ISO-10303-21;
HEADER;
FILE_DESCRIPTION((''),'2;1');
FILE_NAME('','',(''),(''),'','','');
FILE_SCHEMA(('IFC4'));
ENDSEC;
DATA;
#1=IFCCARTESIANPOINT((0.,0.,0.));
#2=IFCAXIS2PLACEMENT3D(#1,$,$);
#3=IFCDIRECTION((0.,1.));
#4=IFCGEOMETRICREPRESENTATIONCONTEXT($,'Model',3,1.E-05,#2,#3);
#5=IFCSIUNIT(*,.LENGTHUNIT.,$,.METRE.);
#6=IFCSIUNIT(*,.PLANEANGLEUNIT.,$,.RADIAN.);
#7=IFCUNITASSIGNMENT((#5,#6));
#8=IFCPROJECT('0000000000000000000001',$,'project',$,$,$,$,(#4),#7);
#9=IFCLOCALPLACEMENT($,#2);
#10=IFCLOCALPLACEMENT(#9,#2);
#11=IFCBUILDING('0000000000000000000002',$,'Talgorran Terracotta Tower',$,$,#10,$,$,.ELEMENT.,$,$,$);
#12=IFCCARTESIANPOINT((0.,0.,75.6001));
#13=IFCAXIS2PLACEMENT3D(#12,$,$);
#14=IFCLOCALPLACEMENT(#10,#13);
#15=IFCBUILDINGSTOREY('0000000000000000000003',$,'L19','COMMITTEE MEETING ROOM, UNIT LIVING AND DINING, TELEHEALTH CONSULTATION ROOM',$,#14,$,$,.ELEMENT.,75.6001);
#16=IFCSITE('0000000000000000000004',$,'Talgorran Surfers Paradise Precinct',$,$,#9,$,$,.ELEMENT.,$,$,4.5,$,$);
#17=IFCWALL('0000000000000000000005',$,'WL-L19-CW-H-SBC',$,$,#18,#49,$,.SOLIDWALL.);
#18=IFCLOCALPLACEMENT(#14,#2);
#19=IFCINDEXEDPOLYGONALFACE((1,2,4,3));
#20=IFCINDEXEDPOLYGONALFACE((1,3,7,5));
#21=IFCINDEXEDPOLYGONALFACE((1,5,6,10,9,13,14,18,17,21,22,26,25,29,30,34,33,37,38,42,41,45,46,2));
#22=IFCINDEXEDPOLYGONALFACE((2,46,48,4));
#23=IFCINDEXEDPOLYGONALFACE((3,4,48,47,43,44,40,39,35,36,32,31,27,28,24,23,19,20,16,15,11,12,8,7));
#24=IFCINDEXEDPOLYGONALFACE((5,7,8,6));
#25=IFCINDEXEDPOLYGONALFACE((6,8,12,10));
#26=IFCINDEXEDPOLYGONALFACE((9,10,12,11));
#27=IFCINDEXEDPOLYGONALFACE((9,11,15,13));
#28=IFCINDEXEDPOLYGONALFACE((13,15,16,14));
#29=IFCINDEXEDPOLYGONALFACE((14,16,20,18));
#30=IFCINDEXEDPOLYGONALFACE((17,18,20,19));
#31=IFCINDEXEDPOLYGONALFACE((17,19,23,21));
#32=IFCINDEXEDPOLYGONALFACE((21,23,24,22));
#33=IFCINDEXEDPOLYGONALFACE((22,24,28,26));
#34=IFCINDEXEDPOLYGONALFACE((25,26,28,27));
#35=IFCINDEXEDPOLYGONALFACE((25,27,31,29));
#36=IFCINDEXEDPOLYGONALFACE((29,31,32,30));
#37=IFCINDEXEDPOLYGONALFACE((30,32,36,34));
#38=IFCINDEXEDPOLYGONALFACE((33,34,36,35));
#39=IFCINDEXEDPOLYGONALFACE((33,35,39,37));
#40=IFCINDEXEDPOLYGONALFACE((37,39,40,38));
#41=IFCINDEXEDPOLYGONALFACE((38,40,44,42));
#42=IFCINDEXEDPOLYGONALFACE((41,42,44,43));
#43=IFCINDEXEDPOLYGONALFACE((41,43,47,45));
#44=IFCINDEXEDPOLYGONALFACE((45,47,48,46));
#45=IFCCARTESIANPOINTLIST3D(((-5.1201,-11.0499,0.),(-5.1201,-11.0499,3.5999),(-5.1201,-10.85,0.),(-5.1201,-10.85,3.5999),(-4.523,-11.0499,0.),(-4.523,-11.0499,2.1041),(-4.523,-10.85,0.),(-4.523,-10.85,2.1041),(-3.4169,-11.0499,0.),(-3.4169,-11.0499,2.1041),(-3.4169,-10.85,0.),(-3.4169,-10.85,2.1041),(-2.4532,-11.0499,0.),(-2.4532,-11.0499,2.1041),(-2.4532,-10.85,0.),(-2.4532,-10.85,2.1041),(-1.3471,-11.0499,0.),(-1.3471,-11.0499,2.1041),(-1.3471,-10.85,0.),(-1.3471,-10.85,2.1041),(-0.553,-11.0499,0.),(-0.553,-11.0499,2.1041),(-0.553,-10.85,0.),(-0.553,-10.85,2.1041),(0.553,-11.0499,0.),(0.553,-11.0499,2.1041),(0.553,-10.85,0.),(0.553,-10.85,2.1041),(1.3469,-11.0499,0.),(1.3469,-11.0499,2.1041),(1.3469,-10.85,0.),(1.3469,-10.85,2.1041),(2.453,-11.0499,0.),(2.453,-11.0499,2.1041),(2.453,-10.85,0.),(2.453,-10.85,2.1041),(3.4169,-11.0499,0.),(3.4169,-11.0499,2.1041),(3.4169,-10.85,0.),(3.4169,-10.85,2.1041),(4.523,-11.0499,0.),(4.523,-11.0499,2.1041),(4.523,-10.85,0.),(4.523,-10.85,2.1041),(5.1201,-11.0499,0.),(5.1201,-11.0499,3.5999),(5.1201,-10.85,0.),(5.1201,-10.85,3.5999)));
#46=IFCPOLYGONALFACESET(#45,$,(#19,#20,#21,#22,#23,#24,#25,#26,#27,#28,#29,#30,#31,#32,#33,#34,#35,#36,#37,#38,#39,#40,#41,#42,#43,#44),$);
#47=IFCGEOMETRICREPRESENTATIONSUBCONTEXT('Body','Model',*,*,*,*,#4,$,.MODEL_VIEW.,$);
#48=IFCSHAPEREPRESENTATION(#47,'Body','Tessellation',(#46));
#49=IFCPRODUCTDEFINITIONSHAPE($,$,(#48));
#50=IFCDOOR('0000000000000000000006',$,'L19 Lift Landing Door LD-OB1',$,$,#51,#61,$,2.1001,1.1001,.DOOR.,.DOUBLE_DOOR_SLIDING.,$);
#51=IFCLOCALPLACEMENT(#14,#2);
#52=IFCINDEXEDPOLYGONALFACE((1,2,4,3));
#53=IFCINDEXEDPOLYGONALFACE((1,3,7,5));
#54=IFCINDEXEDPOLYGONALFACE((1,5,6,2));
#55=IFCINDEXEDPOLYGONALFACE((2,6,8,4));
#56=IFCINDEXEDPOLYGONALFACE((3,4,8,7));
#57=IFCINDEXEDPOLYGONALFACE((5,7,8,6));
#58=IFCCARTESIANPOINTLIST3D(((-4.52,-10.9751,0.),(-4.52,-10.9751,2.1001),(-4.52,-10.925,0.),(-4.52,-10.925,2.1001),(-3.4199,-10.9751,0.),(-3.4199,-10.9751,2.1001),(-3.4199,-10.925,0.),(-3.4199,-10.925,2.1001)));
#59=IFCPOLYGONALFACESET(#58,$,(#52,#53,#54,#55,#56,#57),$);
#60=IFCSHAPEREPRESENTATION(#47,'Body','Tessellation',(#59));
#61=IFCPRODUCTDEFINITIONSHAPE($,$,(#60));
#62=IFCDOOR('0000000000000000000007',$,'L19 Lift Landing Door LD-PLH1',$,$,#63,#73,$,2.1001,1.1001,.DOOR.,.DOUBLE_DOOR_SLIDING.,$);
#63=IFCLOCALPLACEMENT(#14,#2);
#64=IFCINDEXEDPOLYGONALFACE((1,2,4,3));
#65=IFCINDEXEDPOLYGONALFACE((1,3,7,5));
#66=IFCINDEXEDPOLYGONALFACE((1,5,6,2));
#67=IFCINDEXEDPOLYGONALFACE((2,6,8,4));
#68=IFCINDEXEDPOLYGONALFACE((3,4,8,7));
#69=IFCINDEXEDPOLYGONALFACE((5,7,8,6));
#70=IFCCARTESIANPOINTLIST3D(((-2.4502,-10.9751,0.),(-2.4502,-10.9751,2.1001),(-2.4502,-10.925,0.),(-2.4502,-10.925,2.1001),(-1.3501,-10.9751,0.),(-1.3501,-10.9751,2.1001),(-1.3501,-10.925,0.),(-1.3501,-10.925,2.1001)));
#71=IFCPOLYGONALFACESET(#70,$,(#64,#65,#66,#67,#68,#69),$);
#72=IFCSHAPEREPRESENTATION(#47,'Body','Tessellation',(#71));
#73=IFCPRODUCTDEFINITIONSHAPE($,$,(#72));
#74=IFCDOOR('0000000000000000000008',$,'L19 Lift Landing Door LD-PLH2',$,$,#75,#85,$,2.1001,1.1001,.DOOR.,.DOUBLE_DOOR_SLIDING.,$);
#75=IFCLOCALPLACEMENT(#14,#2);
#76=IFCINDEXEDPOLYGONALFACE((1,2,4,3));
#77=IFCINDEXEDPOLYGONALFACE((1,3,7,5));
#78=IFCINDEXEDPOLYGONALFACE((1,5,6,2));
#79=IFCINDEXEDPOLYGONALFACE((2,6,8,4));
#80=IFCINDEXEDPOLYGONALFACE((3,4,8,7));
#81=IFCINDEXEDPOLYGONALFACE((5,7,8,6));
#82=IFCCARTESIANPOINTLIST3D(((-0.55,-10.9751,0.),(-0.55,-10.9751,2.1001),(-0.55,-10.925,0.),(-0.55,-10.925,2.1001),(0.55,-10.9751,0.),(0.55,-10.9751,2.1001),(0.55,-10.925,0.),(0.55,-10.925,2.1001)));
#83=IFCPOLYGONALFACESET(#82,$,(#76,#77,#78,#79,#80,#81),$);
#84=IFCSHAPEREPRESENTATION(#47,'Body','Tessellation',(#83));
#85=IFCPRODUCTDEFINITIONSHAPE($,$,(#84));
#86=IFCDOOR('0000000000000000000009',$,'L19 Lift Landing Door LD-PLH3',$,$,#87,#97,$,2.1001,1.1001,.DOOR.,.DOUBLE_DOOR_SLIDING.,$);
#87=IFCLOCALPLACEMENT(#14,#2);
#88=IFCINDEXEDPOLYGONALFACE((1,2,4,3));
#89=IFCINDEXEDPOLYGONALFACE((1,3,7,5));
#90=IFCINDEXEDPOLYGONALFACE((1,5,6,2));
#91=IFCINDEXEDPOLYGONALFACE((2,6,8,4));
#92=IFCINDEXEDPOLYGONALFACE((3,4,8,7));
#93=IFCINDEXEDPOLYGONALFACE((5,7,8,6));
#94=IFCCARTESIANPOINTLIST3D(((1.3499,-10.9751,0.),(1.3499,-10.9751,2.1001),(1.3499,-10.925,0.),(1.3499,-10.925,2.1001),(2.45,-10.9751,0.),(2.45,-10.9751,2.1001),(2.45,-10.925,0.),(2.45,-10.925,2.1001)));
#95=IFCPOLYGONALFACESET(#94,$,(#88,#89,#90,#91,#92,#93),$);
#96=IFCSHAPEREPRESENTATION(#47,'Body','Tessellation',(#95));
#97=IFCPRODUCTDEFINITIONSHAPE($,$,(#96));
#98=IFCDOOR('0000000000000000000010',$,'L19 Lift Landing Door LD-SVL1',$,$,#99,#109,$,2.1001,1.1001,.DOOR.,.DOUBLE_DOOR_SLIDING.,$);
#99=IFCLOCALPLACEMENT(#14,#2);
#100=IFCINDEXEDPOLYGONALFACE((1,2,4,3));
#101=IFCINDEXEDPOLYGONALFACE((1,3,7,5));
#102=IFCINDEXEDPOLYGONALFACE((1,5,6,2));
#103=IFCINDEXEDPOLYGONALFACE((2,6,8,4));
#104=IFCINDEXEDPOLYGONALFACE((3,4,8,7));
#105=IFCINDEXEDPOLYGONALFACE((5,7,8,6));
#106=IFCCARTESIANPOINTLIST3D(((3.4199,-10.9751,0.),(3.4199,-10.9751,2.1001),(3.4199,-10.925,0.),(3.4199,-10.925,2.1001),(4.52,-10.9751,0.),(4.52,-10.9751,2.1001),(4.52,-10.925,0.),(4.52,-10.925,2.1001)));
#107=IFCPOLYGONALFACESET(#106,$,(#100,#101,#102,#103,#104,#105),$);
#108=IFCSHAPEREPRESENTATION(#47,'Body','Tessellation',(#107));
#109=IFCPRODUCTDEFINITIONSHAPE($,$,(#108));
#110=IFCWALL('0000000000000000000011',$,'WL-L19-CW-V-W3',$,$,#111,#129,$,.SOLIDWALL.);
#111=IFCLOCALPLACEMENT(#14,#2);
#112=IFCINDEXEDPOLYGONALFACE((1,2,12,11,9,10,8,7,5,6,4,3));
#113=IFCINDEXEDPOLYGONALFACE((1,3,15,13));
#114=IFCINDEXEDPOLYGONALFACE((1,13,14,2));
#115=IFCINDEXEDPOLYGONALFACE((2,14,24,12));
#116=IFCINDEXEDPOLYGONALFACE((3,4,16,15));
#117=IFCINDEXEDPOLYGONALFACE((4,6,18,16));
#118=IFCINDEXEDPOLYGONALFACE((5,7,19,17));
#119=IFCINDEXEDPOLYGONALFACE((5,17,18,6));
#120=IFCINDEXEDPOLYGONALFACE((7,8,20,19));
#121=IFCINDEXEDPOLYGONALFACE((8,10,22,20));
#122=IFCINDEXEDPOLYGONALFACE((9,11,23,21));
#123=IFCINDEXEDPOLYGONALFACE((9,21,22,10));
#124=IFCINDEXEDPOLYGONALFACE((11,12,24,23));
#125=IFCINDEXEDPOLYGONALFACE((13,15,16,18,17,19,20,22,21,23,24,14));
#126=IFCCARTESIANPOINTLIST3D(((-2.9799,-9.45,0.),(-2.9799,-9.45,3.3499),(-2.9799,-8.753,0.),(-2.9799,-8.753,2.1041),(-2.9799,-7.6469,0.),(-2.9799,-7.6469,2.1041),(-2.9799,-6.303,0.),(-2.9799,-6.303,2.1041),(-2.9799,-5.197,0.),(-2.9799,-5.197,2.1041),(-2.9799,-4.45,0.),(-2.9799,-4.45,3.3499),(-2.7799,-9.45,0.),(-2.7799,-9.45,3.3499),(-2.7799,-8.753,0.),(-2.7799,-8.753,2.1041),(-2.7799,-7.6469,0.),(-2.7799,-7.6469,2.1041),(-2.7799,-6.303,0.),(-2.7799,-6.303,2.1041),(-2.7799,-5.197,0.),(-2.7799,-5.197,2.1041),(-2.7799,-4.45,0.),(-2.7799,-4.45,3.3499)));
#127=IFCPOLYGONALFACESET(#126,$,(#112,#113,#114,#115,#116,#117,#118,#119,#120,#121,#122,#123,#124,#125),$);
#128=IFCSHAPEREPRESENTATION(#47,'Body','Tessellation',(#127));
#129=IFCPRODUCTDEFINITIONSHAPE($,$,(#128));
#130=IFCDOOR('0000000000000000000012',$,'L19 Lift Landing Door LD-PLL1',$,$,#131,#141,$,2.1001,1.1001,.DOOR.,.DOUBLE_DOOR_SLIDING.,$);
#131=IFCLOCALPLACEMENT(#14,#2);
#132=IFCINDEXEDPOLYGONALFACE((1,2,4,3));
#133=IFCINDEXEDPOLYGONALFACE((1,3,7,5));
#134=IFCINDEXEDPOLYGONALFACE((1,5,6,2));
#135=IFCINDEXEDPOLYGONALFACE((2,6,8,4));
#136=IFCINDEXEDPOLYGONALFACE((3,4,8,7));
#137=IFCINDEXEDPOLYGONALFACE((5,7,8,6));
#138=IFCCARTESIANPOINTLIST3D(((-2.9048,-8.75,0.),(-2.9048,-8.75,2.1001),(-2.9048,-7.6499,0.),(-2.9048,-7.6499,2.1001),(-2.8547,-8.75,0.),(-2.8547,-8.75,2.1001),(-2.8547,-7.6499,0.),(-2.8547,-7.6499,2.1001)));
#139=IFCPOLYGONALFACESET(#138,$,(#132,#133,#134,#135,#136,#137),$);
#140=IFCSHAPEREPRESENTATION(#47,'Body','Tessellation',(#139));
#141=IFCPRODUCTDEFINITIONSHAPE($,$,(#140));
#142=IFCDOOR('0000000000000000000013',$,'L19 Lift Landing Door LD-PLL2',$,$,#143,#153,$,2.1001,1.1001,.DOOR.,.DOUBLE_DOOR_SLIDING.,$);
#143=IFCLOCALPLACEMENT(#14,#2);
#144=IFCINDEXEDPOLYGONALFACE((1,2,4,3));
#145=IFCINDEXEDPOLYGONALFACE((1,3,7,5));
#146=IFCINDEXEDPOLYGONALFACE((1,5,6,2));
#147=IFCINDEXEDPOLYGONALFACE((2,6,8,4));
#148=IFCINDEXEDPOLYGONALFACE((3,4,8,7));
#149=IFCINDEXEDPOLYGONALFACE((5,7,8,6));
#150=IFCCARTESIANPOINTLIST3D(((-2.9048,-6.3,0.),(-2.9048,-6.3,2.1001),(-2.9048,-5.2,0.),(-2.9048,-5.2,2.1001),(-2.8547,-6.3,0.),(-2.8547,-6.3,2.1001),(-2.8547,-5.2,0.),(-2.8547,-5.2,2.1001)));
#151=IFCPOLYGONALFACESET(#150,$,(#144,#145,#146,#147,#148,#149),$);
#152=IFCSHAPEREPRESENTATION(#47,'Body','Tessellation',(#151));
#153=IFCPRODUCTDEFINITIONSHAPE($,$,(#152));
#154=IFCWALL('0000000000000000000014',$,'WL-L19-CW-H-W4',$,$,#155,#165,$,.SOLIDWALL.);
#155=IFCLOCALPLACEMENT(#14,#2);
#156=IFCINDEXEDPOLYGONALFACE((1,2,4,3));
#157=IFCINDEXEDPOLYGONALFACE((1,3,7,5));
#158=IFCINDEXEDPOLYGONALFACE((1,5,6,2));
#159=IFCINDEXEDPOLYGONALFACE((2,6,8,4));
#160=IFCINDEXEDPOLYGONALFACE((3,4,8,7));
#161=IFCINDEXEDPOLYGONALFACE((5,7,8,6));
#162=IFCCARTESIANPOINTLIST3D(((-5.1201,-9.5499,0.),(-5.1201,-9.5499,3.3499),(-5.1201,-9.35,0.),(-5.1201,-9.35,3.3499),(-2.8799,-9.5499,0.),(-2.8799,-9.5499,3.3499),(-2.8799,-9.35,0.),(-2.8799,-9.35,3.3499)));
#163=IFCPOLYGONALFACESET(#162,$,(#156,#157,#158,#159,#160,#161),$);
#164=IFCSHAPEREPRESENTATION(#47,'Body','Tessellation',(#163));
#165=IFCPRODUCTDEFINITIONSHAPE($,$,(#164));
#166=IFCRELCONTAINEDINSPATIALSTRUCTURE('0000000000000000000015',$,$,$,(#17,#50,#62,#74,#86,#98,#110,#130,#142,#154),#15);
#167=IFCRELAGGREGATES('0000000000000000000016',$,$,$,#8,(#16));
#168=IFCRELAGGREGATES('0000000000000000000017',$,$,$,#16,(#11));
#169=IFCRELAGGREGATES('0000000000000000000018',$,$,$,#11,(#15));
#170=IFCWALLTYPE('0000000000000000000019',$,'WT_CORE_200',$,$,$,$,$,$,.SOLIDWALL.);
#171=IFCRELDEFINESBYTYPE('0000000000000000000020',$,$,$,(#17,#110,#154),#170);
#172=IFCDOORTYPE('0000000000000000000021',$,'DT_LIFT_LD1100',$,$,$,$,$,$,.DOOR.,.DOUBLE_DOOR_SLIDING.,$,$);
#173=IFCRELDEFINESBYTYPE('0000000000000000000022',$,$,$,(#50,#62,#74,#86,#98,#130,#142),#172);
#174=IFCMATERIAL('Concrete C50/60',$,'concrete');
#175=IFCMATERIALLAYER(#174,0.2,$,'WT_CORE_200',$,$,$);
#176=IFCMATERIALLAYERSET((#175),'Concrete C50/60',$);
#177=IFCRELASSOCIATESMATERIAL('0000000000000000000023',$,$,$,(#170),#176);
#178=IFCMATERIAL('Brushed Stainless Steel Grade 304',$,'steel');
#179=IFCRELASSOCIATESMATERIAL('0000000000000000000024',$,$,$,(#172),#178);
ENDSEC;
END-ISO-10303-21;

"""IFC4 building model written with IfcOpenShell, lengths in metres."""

from ifc_helpers import new_model, si_unit, direction, frame, frame_2d, origin, place, context, subcontext, project, spatial, rectangle, extrude, material, layer, layer_set, type_object, element, fill, save


model = new_model("IFC4")

# Units and contexts
model_context = context("Model", 3, precision=1e-05, world=origin(), true_north=direction((0.0, 1.0)))
body_context = subcontext(model_context, "Body", "Model", "MODEL_VIEW")
ifc_project = project(units=[si_unit("LENGTHUNIT", "METRE"), si_unit("PLANEANGLEUNIT", "RADIAN")], contexts=[model_context])

# Site, building, storey
site_placement = place(None, origin())
site = spatial("IfcSite", under=ifc_project, at=site_placement, Name="Talgorran Surfers Paradise Precinct", CompositionType="ELEMENT", RefElevation=4.5)
building_placement = place(site_placement, origin())
building = spatial("IfcBuilding", under=site, at=building_placement, Name="Talgorran Terracotta Tower", CompositionType="ELEMENT")
storey_placement = place(building_placement, frame((0.0, 0.0, 75.6001)))
storey = spatial("IfcBuildingStorey", under=building, at=storey_placement, Name="L19", Description="COMMITTEE MEETING ROOM, UNIT LIVING AND DINING, TELEHEALTH CONSULTATION ROOM", CompositionType="ELEMENT", Elevation=75.6001)

# Shared definitions
ifc_material_1 = material(Name="Concrete C50/60", Category="concrete")
ifc_layer_1 = layer(ifc_material_1, 0.2, Name="WT_CORE_200")
ifc_layer_set_1 = layer_set([ifc_layer_1], Name="Concrete C50/60")
wall_type_1 = type_object("IfcWallType", Name="WT_CORE_200", PredefinedType="SOLIDWALL", material=ifc_layer_set_1)

# Walls, openings, doors
ifc_material_2 = material(Name="Brushed Stainless Steel Grade 304", Category="steel")
door_type_1 = type_object("IfcDoorType", Name="DT_LIFT_LD1100", OperationType="DOUBLE_DOOR_SLIDING", PredefinedType="DOOR", material=ifc_material_2)
wall_1_placement = place(storey_placement, frame((-5.1201, -10.95, 0.0), z_axis=(0.0, 0.0, 1.0), x_axis=(1.0, 0.0, 0.0)))
wall_1 = element("IfcWall", 1, at=wall_1_placement, inside=storey, type_object=wall_type_1, Name="WL-L19-CW-H-SBC", PredefinedType="SOLIDWALL", context=body_context, shape_type="SweptSolid", body=[
    extrude(rectangle(XDim=10.2402, YDim=0.2, at=frame_2d((5.1201, 0.0))), origin(), (0.0, 0.0, 1.0), 3.5999),
])
opening_1_placement = place(wall_1_placement, frame((0.6001, 0.0, 0.0)))
opening_1 = element("IfcOpeningElement", 2, at=opening_1_placement, cuts=wall_1, PredefinedType="OPENING", context=body_context, shape_type="SweptSolid", body=[
    extrude(rectangle(XDim=1.1061, YDim=2.1041, at=frame_2d((0.55, 1.052))), frame((0.0, 0.1099, 0.0), z_axis=(0.0, -1.0, 0.0), x_axis=(1.0, 0.0, 0.0)), (0.0, 0.0, 1.0), 0.22),
])
opening_2_placement = place(wall_1_placement, frame((2.6699, 0.0, 0.0)))
opening_2 = element("IfcOpeningElement", 3, at=opening_2_placement, cuts=wall_1, PredefinedType="OPENING", context=body_context, shape_type="SweptSolid", body=[
    extrude(rectangle(XDim=1.1061, YDim=2.1041, at=frame_2d((0.55, 1.052))), frame((0.0, 0.1099, 0.0), z_axis=(0.0, -1.0, 0.0), x_axis=(1.0, 0.0, 0.0)), (0.0, 0.0, 1.0), 0.22),
])
opening_3_placement = place(wall_1_placement, frame((4.5701, 0.0, 0.0)))
opening_3 = element("IfcOpeningElement", 4, at=opening_3_placement, cuts=wall_1, PredefinedType="OPENING", context=body_context, shape_type="SweptSolid", body=[
    extrude(rectangle(XDim=1.1061, YDim=2.1041, at=frame_2d((0.55, 1.052))), frame((0.0, 0.1099, 0.0), z_axis=(0.0, -1.0, 0.0), x_axis=(1.0, 0.0, 0.0)), (0.0, 0.0, 1.0), 0.22),
])
opening_4_placement = place(wall_1_placement, frame((6.47, 0.0, 0.0)))
opening_4 = element("IfcOpeningElement", 5, at=opening_4_placement, cuts=wall_1, PredefinedType="OPENING", context=body_context, shape_type="SweptSolid", body=[
    extrude(rectangle(XDim=1.1061, YDim=2.1041, at=frame_2d((0.55, 1.052))), frame((0.0, 0.1099, 0.0), z_axis=(0.0, -1.0, 0.0), x_axis=(1.0, 0.0, 0.0)), (0.0, 0.0, 1.0), 0.22),
])
opening_5_placement = place(wall_1_placement, frame((8.54, 0.0, 0.0)))
opening_5 = element("IfcOpeningElement", 6, at=opening_5_placement, cuts=wall_1, PredefinedType="OPENING", context=body_context, shape_type="SweptSolid", body=[
    extrude(rectangle(XDim=1.1061, YDim=2.1041, at=frame_2d((0.55, 1.052))), frame((0.0, 0.1099, 0.0), z_axis=(0.0, -1.0, 0.0), x_axis=(1.0, 0.0, 0.0)), (0.0, 0.0, 1.0), 0.22),
])
door_1_placement = place(opening_1_placement, origin())
door_1 = element("IfcDoor", 7, at=door_1_placement, inside=storey, type_object=door_type_1, Name="L19 Lift Landing Door LD-OB1", OperationType="DOUBLE_DOOR_SLIDING", OverallHeight=2.1001, OverallWidth=1.1001, PredefinedType="DOOR", context=body_context, shape_type="SweptSolid", body=[
    extrude(rectangle(XDim=1.1001, YDim=2.1001, at=frame_2d((0.55, 1.05))), frame((0.0, 0.0249, 0.0), z_axis=(0.0, -1.0, 0.0), x_axis=(1.0, 0.0, 0.0)), (0.0, 0.0, 1.0), 0.05),
])
fill(opening_1, door_1)
door_2_placement = place(opening_2_placement, origin())
door_2 = element("IfcDoor", 8, at=door_2_placement, inside=storey, type_object=door_type_1, Name="L19 Lift Landing Door LD-PLH1", OperationType="DOUBLE_DOOR_SLIDING", OverallHeight=2.1001, OverallWidth=1.1001, PredefinedType="DOOR", context=body_context, shape_type="SweptSolid", body=[
    extrude(rectangle(XDim=1.1001, YDim=2.1001, at=frame_2d((0.55, 1.05))), frame((0.0, 0.0249, 0.0), z_axis=(0.0, -1.0, 0.0), x_axis=(1.0, 0.0, 0.0)), (0.0, 0.0, 1.0), 0.05),
])
fill(opening_2, door_2)
door_3_placement = place(opening_3_placement, origin())
door_3 = element("IfcDoor", 9, at=door_3_placement, inside=storey, type_object=door_type_1, Name="L19 Lift Landing Door LD-PLH2", OperationType="DOUBLE_DOOR_SLIDING", OverallHeight=2.1001, OverallWidth=1.1001, PredefinedType="DOOR", context=body_context, shape_type="SweptSolid", body=[
    extrude(rectangle(XDim=1.1001, YDim=2.1001, at=frame_2d((0.55, 1.05))), frame((0.0, 0.0249, 0.0), z_axis=(0.0, -1.0, 0.0), x_axis=(1.0, 0.0, 0.0)), (0.0, 0.0, 1.0), 0.05),
])
fill(opening_3, door_3)
door_4_placement = place(opening_4_placement, origin())
door_4 = element("IfcDoor", 10, at=door_4_placement, inside=storey, type_object=door_type_1, Name="L19 Lift Landing Door LD-PLH3", OperationType="DOUBLE_DOOR_SLIDING", OverallHeight=2.1001, OverallWidth=1.1001, PredefinedType="DOOR", context=body_context, shape_type="SweptSolid", body=[
    extrude(rectangle(XDim=1.1001, YDim=2.1001, at=frame_2d((0.55, 1.05))), frame((0.0, 0.0249, 0.0), z_axis=(0.0, -1.0, 0.0), x_axis=(1.0, 0.0, 0.0)), (0.0, 0.0, 1.0), 0.05),
])
fill(opening_4, door_4)
door_5_placement = place(opening_5_placement, origin())
door_5 = element("IfcDoor", 11, at=door_5_placement, inside=storey, type_object=door_type_1, Name="L19 Lift Landing Door LD-SVL1", OperationType="DOUBLE_DOOR_SLIDING", OverallHeight=2.1001, OverallWidth=1.1001, PredefinedType="DOOR", context=body_context, shape_type="SweptSolid", body=[
    extrude(rectangle(XDim=1.1001, YDim=2.1001, at=frame_2d((0.55, 1.05))), frame((0.0, 0.0249, 0.0), z_axis=(0.0, -1.0, 0.0), x_axis=(1.0, 0.0, 0.0)), (0.0, 0.0, 1.0), 0.05),
])
fill(opening_5, door_5)
wall_2_placement = place(storey_placement, frame((-2.8799, -9.45, 0.0), z_axis=(0.0, 0.0, 1.0), x_axis=(0.0, 1.0, 0.0)))
wall_2 = element("IfcWall", 12, at=wall_2_placement, inside=storey, type_object=wall_type_1, Name="WL-L19-CW-V-W3", PredefinedType="SOLIDWALL", context=body_context, shape_type="SweptSolid", body=[
    extrude(rectangle(XDim=5.0, YDim=0.2, at=frame_2d((2.5, 0.0))), origin(), (0.0, 0.0, 1.0), 3.3499),
])
opening_6_placement = place(wall_2_placement, frame((0.7, 0.0, 0.0)))
opening_6 = element("IfcOpeningElement", 13, at=opening_6_placement, cuts=wall_2, PredefinedType="OPENING", context=body_context, shape_type="SweptSolid", body=[
    extrude(rectangle(XDim=1.1061, YDim=2.1041, at=frame_2d((0.55, 1.052))), frame((0.0, 0.1099, 0.0), z_axis=(0.0, -1.0, 0.0), x_axis=(1.0, 0.0, 0.0)), (0.0, 0.0, 1.0), 0.22),
])
opening_7_placement = place(wall_2_placement, frame((3.1499, 0.0, 0.0)))
opening_7 = element("IfcOpeningElement", 14, at=opening_7_placement, cuts=wall_2, PredefinedType="OPENING", context=body_context, shape_type="SweptSolid", body=[
    extrude(rectangle(XDim=1.1061, YDim=2.1041, at=frame_2d((0.55, 1.052))), frame((0.0, 0.1099, 0.0), z_axis=(0.0, -1.0, 0.0), x_axis=(1.0, 0.0, 0.0)), (0.0, 0.0, 1.0), 0.22),
])
door_6_placement = place(opening_6_placement, origin())
door_6 = element("IfcDoor", 15, at=door_6_placement, inside=storey, type_object=door_type_1, Name="L19 Lift Landing Door LD-PLL1", OperationType="DOUBLE_DOOR_SLIDING", OverallHeight=2.1001, OverallWidth=1.1001, PredefinedType="DOOR", context=body_context, shape_type="SweptSolid", body=[
    extrude(rectangle(XDim=1.1001, YDim=2.1001, at=frame_2d((0.55, 1.05))), frame((0.0, 0.0249, 0.0), z_axis=(0.0, -1.0, 0.0), x_axis=(1.0, 0.0, 0.0)), (0.0, 0.0, 1.0), 0.05),
])
fill(opening_6, door_6)
door_7_placement = place(opening_7_placement, origin())
door_7 = element("IfcDoor", 16, at=door_7_placement, inside=storey, type_object=door_type_1, Name="L19 Lift Landing Door LD-PLL2", OperationType="DOUBLE_DOOR_SLIDING", OverallHeight=2.1001, OverallWidth=1.1001, PredefinedType="DOOR", context=body_context, shape_type="SweptSolid", body=[
    extrude(rectangle(XDim=1.1001, YDim=2.1001, at=frame_2d((0.55, 1.05))), frame((0.0, 0.0249, 0.0), z_axis=(0.0, -1.0, 0.0), x_axis=(1.0, 0.0, 0.0)), (0.0, 0.0, 1.0), 0.05),
])
fill(opening_7, door_7)

# Wall
wall_3_placement = place(storey_placement, frame((-5.1201, -9.45, 0.0), z_axis=(0.0, 0.0, 1.0), x_axis=(1.0, 0.0, 0.0)))
element("IfcWall", 17, at=wall_3_placement, inside=storey, type_object=wall_type_1, Name="WL-L19-CW-H-W4", PredefinedType="SOLIDWALL", context=body_context, shape_type="SweptSolid", body=[
    extrude(rectangle(XDim=2.2402, YDim=0.2, at=frame_2d((1.1201, 0.0))), origin(), (0.0, 0.0, 1.0), 3.3499),
])

save(model, "model.ifc")
